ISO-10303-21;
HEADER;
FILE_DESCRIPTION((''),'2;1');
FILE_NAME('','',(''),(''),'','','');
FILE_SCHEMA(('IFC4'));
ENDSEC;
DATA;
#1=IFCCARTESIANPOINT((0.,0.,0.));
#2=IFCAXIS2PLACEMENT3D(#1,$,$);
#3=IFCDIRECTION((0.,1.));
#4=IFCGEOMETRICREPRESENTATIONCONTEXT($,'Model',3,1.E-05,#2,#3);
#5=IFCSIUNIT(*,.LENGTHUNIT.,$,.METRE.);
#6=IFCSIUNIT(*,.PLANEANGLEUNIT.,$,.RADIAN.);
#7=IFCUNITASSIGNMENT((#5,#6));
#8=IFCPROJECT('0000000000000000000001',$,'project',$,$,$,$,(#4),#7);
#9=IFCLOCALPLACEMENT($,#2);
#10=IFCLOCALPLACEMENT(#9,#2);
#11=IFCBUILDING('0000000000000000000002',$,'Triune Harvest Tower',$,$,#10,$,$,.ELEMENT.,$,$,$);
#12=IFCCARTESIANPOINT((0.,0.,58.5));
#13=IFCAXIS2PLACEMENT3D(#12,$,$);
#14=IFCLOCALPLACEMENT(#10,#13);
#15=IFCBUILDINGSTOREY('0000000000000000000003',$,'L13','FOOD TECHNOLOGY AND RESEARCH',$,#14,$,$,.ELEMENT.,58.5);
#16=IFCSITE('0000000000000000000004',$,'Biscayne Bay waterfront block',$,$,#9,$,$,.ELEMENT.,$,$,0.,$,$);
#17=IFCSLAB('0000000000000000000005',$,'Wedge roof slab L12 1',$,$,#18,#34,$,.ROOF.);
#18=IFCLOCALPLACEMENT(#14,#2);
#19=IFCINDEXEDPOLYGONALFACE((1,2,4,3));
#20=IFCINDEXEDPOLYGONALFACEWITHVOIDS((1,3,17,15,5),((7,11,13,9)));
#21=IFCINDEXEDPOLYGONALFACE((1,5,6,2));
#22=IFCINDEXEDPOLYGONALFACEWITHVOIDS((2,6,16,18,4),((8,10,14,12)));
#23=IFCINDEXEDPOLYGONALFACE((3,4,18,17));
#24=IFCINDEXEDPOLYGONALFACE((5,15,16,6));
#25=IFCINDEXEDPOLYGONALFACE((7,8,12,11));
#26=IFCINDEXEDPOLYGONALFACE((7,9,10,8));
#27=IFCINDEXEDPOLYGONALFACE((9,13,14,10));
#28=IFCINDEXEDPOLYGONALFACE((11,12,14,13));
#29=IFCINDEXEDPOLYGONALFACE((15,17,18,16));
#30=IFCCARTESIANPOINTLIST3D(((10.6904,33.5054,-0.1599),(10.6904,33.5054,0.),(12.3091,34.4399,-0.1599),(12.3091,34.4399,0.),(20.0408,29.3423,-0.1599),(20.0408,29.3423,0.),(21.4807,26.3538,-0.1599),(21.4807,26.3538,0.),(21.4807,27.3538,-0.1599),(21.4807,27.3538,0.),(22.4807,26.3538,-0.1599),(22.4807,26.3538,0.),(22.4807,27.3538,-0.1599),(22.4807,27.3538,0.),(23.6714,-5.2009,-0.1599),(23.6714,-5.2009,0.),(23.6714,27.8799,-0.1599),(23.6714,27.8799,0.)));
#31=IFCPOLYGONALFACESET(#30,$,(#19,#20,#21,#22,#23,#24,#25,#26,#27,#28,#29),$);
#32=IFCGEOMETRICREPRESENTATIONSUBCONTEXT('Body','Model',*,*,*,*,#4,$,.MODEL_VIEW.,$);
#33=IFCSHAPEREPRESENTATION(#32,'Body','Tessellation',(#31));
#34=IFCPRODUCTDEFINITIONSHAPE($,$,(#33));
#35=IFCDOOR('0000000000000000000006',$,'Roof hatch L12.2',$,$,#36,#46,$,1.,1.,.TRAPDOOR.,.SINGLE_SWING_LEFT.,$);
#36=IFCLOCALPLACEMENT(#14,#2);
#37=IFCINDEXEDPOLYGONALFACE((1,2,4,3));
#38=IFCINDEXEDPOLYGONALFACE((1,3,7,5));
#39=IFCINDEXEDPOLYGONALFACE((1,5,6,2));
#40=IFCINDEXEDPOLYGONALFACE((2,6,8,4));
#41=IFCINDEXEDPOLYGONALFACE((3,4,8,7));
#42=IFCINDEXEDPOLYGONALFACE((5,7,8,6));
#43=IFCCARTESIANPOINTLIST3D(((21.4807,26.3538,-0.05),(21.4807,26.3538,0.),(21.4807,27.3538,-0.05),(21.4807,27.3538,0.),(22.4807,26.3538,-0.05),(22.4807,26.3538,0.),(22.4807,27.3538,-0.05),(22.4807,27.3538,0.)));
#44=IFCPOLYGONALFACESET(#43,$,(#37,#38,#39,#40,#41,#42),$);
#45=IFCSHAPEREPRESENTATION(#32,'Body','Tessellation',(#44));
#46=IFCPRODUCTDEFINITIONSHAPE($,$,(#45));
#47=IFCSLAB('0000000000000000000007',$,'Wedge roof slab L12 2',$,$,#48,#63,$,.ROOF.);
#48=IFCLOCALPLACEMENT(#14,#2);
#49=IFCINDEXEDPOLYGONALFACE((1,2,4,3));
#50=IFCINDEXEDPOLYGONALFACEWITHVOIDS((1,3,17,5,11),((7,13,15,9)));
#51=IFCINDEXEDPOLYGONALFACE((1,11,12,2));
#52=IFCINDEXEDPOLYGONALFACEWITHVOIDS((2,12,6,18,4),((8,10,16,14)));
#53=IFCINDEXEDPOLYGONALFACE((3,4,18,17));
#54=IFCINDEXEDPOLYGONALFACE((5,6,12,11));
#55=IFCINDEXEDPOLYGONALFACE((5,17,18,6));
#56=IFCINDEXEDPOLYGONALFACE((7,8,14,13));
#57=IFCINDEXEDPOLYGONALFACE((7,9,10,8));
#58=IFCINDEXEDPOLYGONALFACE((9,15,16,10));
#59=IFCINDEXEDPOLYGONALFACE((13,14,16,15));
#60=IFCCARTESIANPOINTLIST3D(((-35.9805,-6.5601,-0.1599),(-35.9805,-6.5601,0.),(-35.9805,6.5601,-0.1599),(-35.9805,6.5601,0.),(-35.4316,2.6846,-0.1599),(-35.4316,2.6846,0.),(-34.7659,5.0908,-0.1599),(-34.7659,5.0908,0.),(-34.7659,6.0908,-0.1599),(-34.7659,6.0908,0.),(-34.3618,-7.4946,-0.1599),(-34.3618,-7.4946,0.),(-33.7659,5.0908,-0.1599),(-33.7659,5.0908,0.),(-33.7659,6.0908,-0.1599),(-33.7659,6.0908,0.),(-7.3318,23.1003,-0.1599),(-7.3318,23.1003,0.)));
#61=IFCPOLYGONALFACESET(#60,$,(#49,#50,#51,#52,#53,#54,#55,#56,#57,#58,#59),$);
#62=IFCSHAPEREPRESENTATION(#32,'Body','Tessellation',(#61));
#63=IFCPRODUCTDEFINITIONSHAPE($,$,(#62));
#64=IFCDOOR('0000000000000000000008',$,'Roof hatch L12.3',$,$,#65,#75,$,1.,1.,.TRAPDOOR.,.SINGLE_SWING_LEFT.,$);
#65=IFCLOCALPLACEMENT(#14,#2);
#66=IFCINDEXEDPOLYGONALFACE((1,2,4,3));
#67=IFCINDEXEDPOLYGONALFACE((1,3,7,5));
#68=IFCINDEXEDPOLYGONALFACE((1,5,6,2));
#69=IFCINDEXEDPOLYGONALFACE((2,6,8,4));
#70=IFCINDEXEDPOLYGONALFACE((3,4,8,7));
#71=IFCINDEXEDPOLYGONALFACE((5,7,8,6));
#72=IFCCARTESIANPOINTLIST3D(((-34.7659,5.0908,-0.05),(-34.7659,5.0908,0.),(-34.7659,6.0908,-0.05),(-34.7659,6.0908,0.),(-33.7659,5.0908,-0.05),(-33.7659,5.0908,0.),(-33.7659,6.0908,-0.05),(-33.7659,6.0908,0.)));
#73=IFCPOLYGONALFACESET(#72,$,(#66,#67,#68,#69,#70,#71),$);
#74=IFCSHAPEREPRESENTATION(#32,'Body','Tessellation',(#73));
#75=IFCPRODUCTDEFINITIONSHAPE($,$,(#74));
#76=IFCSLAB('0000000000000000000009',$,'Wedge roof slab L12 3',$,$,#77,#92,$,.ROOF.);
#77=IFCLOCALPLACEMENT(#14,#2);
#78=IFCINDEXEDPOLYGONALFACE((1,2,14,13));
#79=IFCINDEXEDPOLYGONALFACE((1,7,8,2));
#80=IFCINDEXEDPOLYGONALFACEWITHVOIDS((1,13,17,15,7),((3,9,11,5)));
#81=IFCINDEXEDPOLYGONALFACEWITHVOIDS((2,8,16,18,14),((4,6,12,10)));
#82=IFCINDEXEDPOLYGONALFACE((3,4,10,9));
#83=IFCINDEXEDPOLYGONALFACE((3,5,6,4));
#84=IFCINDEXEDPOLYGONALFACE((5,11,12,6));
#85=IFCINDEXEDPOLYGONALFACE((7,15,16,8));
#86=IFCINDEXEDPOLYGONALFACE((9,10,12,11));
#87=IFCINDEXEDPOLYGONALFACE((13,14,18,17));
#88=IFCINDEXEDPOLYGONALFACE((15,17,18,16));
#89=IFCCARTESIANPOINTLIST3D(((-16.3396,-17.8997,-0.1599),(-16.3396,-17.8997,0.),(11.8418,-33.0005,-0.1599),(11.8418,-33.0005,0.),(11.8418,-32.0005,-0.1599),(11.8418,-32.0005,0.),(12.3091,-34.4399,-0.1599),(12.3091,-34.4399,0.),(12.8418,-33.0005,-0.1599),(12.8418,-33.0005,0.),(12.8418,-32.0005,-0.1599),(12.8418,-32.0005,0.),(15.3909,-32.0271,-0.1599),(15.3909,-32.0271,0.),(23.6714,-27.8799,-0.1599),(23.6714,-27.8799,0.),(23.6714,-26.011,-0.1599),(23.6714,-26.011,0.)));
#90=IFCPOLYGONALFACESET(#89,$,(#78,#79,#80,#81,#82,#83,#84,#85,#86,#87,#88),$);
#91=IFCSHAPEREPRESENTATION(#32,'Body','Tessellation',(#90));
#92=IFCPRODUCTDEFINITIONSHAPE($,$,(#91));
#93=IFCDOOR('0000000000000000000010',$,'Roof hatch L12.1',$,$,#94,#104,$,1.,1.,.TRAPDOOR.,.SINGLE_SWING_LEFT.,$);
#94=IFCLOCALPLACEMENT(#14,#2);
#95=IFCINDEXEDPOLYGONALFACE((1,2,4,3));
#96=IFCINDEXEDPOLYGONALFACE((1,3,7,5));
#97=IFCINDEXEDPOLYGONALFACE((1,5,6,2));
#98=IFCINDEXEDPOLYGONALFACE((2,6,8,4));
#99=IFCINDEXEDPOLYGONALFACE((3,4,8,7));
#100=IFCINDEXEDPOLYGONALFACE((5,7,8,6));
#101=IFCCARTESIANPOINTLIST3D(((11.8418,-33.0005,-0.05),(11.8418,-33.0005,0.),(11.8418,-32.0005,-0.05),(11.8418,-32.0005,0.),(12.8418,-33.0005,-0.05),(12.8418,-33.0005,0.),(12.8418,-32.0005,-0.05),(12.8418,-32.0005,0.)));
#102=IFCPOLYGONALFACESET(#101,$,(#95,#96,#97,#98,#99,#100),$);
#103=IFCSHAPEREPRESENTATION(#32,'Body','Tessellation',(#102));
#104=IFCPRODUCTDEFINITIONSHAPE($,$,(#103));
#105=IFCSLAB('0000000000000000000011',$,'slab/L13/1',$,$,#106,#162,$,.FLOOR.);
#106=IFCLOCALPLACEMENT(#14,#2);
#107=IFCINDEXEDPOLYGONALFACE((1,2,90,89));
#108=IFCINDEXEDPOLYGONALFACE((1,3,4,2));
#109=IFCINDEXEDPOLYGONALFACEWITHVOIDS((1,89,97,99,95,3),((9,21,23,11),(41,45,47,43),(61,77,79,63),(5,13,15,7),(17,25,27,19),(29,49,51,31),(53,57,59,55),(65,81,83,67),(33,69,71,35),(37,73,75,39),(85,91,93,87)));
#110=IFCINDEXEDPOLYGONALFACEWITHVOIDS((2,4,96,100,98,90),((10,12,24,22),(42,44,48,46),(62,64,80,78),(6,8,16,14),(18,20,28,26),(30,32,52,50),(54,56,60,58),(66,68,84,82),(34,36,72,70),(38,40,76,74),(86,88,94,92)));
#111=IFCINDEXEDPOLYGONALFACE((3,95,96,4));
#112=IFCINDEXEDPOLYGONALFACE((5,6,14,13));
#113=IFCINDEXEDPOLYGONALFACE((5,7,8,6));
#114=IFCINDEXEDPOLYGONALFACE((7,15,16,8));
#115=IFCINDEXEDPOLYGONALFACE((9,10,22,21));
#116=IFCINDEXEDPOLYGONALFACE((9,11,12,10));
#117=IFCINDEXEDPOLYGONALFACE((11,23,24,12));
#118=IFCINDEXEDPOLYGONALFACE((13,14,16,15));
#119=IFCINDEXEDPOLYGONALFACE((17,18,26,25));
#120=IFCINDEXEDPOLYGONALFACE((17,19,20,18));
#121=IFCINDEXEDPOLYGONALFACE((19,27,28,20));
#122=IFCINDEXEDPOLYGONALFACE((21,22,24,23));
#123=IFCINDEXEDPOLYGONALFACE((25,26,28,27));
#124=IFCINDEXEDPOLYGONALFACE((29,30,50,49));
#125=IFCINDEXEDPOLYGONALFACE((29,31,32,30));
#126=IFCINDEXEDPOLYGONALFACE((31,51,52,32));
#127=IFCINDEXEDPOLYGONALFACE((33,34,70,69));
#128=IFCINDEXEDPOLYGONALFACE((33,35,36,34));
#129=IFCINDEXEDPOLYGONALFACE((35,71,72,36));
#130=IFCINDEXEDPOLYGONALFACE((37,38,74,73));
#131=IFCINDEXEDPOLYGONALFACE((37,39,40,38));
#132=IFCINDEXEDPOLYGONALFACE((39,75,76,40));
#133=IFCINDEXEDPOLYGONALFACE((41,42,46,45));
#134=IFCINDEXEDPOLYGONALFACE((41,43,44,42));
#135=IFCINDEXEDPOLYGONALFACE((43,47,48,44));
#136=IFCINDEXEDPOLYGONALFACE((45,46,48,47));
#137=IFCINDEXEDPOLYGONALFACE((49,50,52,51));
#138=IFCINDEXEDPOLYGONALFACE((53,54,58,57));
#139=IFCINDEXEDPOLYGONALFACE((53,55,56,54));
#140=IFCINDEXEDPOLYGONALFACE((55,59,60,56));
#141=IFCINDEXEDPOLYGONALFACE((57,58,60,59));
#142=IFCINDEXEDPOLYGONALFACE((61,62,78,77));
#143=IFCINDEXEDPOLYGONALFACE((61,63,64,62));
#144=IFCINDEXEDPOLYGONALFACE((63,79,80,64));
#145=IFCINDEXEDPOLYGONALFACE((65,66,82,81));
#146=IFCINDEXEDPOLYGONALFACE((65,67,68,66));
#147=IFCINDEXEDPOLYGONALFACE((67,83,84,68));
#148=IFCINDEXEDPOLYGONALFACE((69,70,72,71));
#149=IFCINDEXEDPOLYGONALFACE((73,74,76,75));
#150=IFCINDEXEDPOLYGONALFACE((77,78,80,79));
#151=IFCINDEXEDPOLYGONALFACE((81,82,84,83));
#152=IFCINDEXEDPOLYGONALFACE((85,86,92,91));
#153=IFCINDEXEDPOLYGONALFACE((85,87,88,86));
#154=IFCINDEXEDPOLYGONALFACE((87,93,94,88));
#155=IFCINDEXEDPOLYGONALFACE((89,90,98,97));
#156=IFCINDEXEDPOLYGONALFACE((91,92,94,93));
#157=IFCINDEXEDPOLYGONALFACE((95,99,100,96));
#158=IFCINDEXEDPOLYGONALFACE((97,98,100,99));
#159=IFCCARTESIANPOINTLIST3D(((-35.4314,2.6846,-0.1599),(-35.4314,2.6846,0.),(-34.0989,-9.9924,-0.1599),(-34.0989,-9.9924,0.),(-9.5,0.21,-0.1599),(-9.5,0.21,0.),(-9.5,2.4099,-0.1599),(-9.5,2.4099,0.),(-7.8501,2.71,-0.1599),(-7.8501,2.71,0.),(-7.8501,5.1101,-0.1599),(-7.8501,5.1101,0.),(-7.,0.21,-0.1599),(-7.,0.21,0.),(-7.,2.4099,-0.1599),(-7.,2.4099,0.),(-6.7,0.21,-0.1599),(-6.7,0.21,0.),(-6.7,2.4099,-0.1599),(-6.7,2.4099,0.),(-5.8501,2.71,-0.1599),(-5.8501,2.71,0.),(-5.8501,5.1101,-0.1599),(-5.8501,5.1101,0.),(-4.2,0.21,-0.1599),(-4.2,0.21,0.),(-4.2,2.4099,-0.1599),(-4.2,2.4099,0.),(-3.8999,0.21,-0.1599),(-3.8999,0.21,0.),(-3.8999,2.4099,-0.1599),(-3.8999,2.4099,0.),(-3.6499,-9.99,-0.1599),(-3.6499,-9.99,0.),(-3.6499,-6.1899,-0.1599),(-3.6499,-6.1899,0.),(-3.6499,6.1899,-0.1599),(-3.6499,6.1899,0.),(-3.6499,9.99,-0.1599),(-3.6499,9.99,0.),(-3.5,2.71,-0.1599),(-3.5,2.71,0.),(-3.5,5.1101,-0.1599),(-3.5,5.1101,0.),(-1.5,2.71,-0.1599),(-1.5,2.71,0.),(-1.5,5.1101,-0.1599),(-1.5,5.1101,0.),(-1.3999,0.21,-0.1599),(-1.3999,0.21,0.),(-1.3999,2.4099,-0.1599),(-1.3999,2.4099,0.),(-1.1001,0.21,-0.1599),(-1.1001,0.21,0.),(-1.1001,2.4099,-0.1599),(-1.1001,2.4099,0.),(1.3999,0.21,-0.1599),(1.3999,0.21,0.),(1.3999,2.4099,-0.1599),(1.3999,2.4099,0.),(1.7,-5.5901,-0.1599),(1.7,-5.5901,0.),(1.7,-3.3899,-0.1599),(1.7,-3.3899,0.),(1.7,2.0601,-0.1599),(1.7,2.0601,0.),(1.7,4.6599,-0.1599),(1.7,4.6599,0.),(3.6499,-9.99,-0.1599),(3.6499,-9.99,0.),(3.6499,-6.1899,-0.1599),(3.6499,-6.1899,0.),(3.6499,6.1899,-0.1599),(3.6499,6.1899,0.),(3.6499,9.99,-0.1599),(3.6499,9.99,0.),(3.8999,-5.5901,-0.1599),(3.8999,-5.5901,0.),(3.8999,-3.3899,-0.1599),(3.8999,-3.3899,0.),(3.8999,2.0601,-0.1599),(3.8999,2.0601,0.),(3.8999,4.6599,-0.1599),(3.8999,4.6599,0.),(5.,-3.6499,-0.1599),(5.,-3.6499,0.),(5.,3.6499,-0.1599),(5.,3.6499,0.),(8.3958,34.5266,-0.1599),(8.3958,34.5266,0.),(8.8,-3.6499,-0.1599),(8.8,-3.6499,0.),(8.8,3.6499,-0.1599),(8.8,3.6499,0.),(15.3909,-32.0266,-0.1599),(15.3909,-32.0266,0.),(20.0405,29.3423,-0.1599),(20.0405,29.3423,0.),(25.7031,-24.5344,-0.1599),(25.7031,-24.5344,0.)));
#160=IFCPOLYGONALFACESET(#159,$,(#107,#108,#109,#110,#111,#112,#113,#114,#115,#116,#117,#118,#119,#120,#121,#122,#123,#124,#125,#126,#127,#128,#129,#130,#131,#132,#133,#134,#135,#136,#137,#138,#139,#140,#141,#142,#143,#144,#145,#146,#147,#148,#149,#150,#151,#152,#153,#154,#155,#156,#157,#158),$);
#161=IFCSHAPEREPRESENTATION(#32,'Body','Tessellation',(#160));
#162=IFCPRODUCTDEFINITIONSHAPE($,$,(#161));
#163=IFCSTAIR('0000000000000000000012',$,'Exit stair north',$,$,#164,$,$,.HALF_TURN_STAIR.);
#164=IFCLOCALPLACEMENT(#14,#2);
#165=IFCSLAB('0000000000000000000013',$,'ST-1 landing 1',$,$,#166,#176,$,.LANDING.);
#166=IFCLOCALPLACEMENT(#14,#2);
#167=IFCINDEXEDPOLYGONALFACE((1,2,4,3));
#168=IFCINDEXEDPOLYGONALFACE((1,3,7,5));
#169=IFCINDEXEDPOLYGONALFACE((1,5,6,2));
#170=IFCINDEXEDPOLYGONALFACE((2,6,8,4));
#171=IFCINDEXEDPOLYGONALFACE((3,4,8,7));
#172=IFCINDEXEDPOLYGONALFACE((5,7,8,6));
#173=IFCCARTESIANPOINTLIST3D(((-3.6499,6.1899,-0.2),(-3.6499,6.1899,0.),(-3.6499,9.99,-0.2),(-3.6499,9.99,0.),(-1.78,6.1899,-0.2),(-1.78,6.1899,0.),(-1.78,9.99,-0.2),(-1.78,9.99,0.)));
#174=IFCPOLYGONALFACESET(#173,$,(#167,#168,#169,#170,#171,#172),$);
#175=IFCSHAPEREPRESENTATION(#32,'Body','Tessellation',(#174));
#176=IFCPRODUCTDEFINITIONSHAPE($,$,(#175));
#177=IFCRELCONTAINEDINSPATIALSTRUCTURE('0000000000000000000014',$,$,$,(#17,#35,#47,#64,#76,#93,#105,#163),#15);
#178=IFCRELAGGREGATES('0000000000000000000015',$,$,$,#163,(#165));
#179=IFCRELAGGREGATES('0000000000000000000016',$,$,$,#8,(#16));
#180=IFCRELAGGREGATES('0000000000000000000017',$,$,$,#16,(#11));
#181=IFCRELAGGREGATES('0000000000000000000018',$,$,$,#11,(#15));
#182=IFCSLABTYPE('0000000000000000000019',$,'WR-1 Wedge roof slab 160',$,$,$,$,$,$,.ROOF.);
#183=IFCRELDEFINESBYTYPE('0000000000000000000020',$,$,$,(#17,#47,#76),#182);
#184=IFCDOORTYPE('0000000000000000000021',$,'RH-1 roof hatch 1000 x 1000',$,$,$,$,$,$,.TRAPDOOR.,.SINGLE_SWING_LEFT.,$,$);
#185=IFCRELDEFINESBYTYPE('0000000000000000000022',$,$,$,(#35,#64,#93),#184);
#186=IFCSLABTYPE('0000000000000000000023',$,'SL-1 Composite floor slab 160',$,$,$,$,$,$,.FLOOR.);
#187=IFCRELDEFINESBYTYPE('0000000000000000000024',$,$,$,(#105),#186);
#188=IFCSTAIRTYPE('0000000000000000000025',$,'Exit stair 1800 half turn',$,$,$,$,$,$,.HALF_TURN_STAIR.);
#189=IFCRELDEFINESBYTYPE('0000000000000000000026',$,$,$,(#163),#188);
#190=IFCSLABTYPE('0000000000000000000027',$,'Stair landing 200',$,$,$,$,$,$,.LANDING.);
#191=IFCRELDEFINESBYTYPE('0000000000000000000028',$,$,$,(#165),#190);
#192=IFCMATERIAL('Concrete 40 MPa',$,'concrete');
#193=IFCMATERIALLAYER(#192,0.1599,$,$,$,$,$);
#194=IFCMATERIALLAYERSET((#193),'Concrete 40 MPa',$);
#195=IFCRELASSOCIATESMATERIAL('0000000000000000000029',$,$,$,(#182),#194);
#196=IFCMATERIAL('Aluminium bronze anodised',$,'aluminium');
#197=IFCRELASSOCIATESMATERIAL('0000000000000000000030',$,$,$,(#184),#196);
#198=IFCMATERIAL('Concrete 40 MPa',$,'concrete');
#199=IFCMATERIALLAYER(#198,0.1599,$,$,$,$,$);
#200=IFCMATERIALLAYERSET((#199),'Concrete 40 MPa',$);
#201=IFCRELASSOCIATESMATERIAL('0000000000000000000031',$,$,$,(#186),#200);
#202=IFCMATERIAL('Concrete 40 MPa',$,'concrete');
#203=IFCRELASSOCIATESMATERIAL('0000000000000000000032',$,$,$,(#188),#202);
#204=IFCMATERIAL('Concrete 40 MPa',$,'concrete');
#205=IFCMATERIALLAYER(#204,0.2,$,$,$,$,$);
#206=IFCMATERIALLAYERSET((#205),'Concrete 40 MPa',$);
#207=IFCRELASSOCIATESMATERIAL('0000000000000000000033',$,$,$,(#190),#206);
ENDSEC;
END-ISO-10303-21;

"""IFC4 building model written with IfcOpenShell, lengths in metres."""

from ifc_helpers import new_model, si_unit, direction, frame, origin, origin_2d, place, context, subcontext, project, spatial, polyline, rectangle, outline, extrude, source, transform, mapped, material, layer, layer_set, type_object, element, fill, aggregate, save


model = new_model("IFC4")

# Units and contexts
model_context = context("Model", 3, precision=1e-05, world=origin(), true_north=direction((0.0, 1.0)))
body_context = subcontext(model_context, "Body", "Model", "MODEL_VIEW")
ifc_project = project(units=[si_unit("LENGTHUNIT", "METRE"), si_unit("PLANEANGLEUNIT", "RADIAN")], contexts=[model_context])

# Site, building, storey
site_placement = place(None, origin())
site = spatial("IfcSite", under=ifc_project, at=site_placement, Name="Biscayne Bay waterfront block", CompositionType="ELEMENT", RefElevation=0.0)
building_placement = place(site_placement, origin())
building = spatial("IfcBuilding", under=site, at=building_placement, Name="Triune Harvest Tower", CompositionType="ELEMENT")
storey_placement = place(building_placement, frame((0.0, 0.0, 58.5)))
storey = spatial("IfcBuildingStorey", under=building, at=storey_placement, Name="L13", Description="FOOD TECHNOLOGY AND RESEARCH", CompositionType="ELEMENT", Elevation=58.5)

# Slabs, openings, doors
ifc_material_1 = material(Name="Concrete 40 MPa", Category="concrete")
ifc_layer_1 = layer(ifc_material_1, 0.1599)
ifc_layer_set_1 = layer_set([ifc_layer_1], Name="Concrete 40 MPa")
slab_type_1 = type_object("IfcSlabType", Name="WR-1 Wedge roof slab 160", PredefinedType="ROOF", material=ifc_layer_set_1)
slab_1_placement = place(storey_placement, frame((0.0, 0.0, -0.1599)))
slab_1 = element("IfcSlab", 1, at=slab_1_placement, inside=storey, type_object=slab_type_1, Name="Wedge roof slab L12 1", PredefinedType="ROOF", context=body_context, shape_type="SweptSolid", body=[
    extrude(outline(polyline([(12.3091, 34.4399), (10.6904, 33.5054), (20.0408, 29.3423), (23.6714, -5.2009), (23.6714, 27.8799), (12.3091, 34.4399)])), origin(), (0.0, 0.0, 1.0), 0.1599),
])
opening_1_placement = place(slab_1_placement, frame((21.9807, 26.8538, 0.0)))
opening_1 = element("IfcOpeningElement", 2, at=opening_1_placement, cuts=slab_1, PredefinedType="OPENING", context=body_context, shape_type="SweptSolid", body=[
    extrude(rectangle(XDim=1.0, YDim=1.0, at=origin_2d()), origin(), (0.0, 0.0, 1.0), 0.1599),
])
ifc_material_2 = material(Name="Aluminium bronze anodised", Category="aluminium")
door_type_1 = type_object("IfcDoorType", Name="RH-1 roof hatch 1000 x 1000", OperationType="SINGLE_SWING_LEFT", PredefinedType="TRAPDOOR", material=ifc_material_2)
door_1_placement = place(opening_1_placement, frame((0.0, 0.0, 0.1099)))
door_1 = element("IfcDoor", 3, at=door_1_placement, inside=storey, type_object=door_type_1, Name="Roof hatch L12.2", OperationType="SINGLE_SWING_LEFT", OverallHeight=1.0, OverallWidth=1.0, PredefinedType="TRAPDOOR", context=body_context, shape_type="SweptSolid", body=[
    extrude(rectangle(XDim=1.0, YDim=1.0, at=origin_2d()), origin(), (0.0, 0.0, 1.0), 0.05),
])
fill(opening_1, door_1)
slab_2_placement = place(storey_placement, frame((0.0, 0.0, -0.1599)))
slab_2 = element("IfcSlab", 4, at=slab_2_placement, inside=storey, type_object=slab_type_1, Name="Wedge roof slab L12 2", PredefinedType="ROOF", context=body_context, shape_type="SweptSolid", body=[
    extrude(outline(polyline([(-35.9805, -6.5601), (-34.3618, -7.4946), (-35.4316, 2.6846), (-7.3318, 23.1003), (-35.9805, 6.5601), (-35.9805, -6.5601)])), origin(), (0.0, 0.0, 1.0), 0.1599),
])
opening_2_placement = place(slab_2_placement, frame((-34.2659, 5.5908, 0.0)))
opening_2 = element("IfcOpeningElement", 5, at=opening_2_placement, cuts=slab_2, PredefinedType="OPENING", context=body_context, shape_type="SweptSolid", body=[
    extrude(rectangle(XDim=1.0, YDim=1.0, at=origin_2d()), origin(), (0.0, 0.0, 1.0), 0.1599),
])
door_2_placement = place(opening_2_placement, frame((0.0, 0.0, 0.1099)))
door_2 = element("IfcDoor", 6, at=door_2_placement, inside=storey, type_object=door_type_1, Name="Roof hatch L12.3", OperationType="SINGLE_SWING_LEFT", OverallHeight=1.0, OverallWidth=1.0, PredefinedType="TRAPDOOR", context=body_context, shape_type="SweptSolid", body=[
    extrude(rectangle(XDim=1.0, YDim=1.0, at=origin_2d()), origin(), (0.0, 0.0, 1.0), 0.05),
])
fill(opening_2, door_2)
slab_3_placement = place(storey_placement, frame((0.0, 0.0, -0.1599)))
slab_3 = element("IfcSlab", 7, at=slab_3_placement, inside=storey, type_object=slab_type_1, Name="Wedge roof slab L12 3", PredefinedType="ROOF", context=body_context, shape_type="SweptSolid", body=[
    extrude(outline(polyline([(23.6714, -27.8799), (23.6714, -26.011), (15.3909, -32.0271), (-16.3396, -17.8997), (12.3091, -34.4399), (23.6714, -27.8799)])), origin(), (0.0, 0.0, 1.0), 0.1599),
])
opening_3_placement = place(slab_3_placement, frame((12.3418, -32.5005, 0.0)))
opening_3 = element("IfcOpeningElement", 8, at=opening_3_placement, cuts=slab_3, PredefinedType="OPENING", context=body_context, shape_type="SweptSolid", body=[
    extrude(rectangle(XDim=1.0, YDim=1.0, at=origin_2d()), origin(), (0.0, 0.0, 1.0), 0.1599),
])
door_3_placement = place(opening_3_placement, frame((0.0, 0.0, 0.1099)))
door_3 = element("IfcDoor", 9, at=door_3_placement, inside=storey, type_object=door_type_1, Name="Roof hatch L12.1", OperationType="SINGLE_SWING_LEFT", OverallHeight=1.0, OverallWidth=1.0, PredefinedType="TRAPDOOR", context=body_context, shape_type="SweptSolid", body=[
    extrude(rectangle(XDim=1.0, YDim=1.0, at=origin_2d()), origin(), (0.0, 0.0, 1.0), 0.05),
])
fill(opening_3, door_3)

# Slab
ifc_material_3 = material(Name="Concrete 40 MPa", Category="concrete")
ifc_layer_2 = layer(ifc_material_3, 0.1599)
ifc_layer_set_2 = layer_set([ifc_layer_2], Name="Concrete 40 MPa")
slab_type_2 = type_object("IfcSlabType", Name="SL-1 Composite floor slab 160", PredefinedType="FLOOR", material=ifc_layer_set_2)
shared_shape_1 = source(origin(), body_context, "Body", "SweptSolid", [
    extrude(outline(polyline([(25.7031, -24.5344), (20.0405, 29.3423), (8.3958, 34.5266), (-35.4314, 2.6846), (-34.0989, -9.9924), (15.3909, -32.0266), (25.7031, -24.5344)]), holes=[polyline([(-7.0, 0.21), (-7.0, 2.4099), (-9.5, 2.4099), (-9.5, 0.21), (-7.0, 0.21)]), polyline([(-4.2, 0.21), (-4.2, 2.4099), (-6.7, 2.4099), (-6.7, 0.21), (-4.2, 0.21)]), polyline([(-1.3999, 0.21), (-1.3999, 2.4099), (-3.8999, 2.4099), (-3.8999, 0.21), (-1.3999, 0.21)]), polyline([(1.3999, 0.21), (1.3999, 2.4099), (-1.1001, 2.4099), (-1.1001, 0.21), (1.3999, 0.21)]), polyline([(3.8999, 2.0601), (3.8999, 4.6599), (1.7, 4.6599), (1.7, 2.0601), (3.8999, 2.0601)]), polyline([(3.8999, -5.5901), (3.8999, -3.3899), (1.7, -3.3899), (1.7, -5.5901), (3.8999, -5.5901)]), polyline([(-5.8501, 2.71), (-5.8501, 5.1101), (-7.8501, 5.1101), (-7.8501, 2.71), (-5.8501, 2.71)]), polyline([(-1.5, 2.71), (-1.5, 5.1101), (-3.5, 5.1101), (-3.5, 2.71), (-1.5, 2.71)]), polyline([(3.6499, 6.1899), (3.6499, 9.99), (-3.6499, 9.99), (-3.6499, 6.1899), (3.6499, 6.1899)]), polyline([(3.6499, -9.99), (3.6499, -6.1899), (-3.6499, -6.1899), (-3.6499, -9.99), (3.6499, -9.99)]), polyline([(8.8, -3.6499), (8.8, 3.6499), (5.0, 3.6499), (5.0, -3.6499), (8.8, -3.6499)])]), origin(), (0.0, 0.0, 1.0), 0.1599),
])
slab_4_placement = place(storey_placement, frame((0.0, 0.0, -0.1599)))
element("IfcSlab", 10, at=slab_4_placement, inside=storey, type_object=slab_type_2, Name="slab/L13/1", PredefinedType="FLOOR", context=body_context, shape_type="MappedRepresentation", body=[
    mapped(shared_shape_1, transform((0.0, 0.0, 0.0), scale=1.0)),
])

# Stair, slab
ifc_material_4 = material(Name="Concrete 40 MPa", Category="concrete")
stair_type = type_object("IfcStairType", Name="Exit stair 1800 half turn", PredefinedType="HALF_TURN_STAIR", material=ifc_material_4)
stair_1_placement = place(storey_placement, origin())
stair_1 = element("IfcStair", 11, at=stair_1_placement, inside=storey, type_object=stair_type, Name="Exit stair north", PredefinedType="HALF_TURN_STAIR")
ifc_material_5 = material(Name="Concrete 40 MPa", Category="concrete")
ifc_layer_3 = layer(ifc_material_5, 0.2)
ifc_layer_set_3 = layer_set([ifc_layer_3], Name="Concrete 40 MPa")
slab_type_3 = type_object("IfcSlabType", Name="Stair landing 200", PredefinedType="LANDING", material=ifc_layer_set_3)
shared_shape_2 = source(origin(), body_context, "Body", "SweptSolid", [
    extrude(outline(polyline([(-3.6499, 6.1899), (-1.78, 6.1899), (-1.78, 9.99), (-3.6499, 9.99), (-3.6499, 6.1899)])), origin(), (0.0, 0.0, 1.0), 0.2),
])
slab_5_placement = place(storey_placement, frame((0.0, 0.0, -0.2)))
slab_5 = element("IfcSlab", 12, at=slab_5_placement, type_object=slab_type_3, Name="ST-1 landing 1", PredefinedType="LANDING", context=body_context, shape_type="MappedRepresentation", body=[
    mapped(shared_shape_2, transform((0.0, 0.0, 0.0), scale=1.0)),
])
aggregate(stair_1, [slab_5])

save(model, "model.ifc")
